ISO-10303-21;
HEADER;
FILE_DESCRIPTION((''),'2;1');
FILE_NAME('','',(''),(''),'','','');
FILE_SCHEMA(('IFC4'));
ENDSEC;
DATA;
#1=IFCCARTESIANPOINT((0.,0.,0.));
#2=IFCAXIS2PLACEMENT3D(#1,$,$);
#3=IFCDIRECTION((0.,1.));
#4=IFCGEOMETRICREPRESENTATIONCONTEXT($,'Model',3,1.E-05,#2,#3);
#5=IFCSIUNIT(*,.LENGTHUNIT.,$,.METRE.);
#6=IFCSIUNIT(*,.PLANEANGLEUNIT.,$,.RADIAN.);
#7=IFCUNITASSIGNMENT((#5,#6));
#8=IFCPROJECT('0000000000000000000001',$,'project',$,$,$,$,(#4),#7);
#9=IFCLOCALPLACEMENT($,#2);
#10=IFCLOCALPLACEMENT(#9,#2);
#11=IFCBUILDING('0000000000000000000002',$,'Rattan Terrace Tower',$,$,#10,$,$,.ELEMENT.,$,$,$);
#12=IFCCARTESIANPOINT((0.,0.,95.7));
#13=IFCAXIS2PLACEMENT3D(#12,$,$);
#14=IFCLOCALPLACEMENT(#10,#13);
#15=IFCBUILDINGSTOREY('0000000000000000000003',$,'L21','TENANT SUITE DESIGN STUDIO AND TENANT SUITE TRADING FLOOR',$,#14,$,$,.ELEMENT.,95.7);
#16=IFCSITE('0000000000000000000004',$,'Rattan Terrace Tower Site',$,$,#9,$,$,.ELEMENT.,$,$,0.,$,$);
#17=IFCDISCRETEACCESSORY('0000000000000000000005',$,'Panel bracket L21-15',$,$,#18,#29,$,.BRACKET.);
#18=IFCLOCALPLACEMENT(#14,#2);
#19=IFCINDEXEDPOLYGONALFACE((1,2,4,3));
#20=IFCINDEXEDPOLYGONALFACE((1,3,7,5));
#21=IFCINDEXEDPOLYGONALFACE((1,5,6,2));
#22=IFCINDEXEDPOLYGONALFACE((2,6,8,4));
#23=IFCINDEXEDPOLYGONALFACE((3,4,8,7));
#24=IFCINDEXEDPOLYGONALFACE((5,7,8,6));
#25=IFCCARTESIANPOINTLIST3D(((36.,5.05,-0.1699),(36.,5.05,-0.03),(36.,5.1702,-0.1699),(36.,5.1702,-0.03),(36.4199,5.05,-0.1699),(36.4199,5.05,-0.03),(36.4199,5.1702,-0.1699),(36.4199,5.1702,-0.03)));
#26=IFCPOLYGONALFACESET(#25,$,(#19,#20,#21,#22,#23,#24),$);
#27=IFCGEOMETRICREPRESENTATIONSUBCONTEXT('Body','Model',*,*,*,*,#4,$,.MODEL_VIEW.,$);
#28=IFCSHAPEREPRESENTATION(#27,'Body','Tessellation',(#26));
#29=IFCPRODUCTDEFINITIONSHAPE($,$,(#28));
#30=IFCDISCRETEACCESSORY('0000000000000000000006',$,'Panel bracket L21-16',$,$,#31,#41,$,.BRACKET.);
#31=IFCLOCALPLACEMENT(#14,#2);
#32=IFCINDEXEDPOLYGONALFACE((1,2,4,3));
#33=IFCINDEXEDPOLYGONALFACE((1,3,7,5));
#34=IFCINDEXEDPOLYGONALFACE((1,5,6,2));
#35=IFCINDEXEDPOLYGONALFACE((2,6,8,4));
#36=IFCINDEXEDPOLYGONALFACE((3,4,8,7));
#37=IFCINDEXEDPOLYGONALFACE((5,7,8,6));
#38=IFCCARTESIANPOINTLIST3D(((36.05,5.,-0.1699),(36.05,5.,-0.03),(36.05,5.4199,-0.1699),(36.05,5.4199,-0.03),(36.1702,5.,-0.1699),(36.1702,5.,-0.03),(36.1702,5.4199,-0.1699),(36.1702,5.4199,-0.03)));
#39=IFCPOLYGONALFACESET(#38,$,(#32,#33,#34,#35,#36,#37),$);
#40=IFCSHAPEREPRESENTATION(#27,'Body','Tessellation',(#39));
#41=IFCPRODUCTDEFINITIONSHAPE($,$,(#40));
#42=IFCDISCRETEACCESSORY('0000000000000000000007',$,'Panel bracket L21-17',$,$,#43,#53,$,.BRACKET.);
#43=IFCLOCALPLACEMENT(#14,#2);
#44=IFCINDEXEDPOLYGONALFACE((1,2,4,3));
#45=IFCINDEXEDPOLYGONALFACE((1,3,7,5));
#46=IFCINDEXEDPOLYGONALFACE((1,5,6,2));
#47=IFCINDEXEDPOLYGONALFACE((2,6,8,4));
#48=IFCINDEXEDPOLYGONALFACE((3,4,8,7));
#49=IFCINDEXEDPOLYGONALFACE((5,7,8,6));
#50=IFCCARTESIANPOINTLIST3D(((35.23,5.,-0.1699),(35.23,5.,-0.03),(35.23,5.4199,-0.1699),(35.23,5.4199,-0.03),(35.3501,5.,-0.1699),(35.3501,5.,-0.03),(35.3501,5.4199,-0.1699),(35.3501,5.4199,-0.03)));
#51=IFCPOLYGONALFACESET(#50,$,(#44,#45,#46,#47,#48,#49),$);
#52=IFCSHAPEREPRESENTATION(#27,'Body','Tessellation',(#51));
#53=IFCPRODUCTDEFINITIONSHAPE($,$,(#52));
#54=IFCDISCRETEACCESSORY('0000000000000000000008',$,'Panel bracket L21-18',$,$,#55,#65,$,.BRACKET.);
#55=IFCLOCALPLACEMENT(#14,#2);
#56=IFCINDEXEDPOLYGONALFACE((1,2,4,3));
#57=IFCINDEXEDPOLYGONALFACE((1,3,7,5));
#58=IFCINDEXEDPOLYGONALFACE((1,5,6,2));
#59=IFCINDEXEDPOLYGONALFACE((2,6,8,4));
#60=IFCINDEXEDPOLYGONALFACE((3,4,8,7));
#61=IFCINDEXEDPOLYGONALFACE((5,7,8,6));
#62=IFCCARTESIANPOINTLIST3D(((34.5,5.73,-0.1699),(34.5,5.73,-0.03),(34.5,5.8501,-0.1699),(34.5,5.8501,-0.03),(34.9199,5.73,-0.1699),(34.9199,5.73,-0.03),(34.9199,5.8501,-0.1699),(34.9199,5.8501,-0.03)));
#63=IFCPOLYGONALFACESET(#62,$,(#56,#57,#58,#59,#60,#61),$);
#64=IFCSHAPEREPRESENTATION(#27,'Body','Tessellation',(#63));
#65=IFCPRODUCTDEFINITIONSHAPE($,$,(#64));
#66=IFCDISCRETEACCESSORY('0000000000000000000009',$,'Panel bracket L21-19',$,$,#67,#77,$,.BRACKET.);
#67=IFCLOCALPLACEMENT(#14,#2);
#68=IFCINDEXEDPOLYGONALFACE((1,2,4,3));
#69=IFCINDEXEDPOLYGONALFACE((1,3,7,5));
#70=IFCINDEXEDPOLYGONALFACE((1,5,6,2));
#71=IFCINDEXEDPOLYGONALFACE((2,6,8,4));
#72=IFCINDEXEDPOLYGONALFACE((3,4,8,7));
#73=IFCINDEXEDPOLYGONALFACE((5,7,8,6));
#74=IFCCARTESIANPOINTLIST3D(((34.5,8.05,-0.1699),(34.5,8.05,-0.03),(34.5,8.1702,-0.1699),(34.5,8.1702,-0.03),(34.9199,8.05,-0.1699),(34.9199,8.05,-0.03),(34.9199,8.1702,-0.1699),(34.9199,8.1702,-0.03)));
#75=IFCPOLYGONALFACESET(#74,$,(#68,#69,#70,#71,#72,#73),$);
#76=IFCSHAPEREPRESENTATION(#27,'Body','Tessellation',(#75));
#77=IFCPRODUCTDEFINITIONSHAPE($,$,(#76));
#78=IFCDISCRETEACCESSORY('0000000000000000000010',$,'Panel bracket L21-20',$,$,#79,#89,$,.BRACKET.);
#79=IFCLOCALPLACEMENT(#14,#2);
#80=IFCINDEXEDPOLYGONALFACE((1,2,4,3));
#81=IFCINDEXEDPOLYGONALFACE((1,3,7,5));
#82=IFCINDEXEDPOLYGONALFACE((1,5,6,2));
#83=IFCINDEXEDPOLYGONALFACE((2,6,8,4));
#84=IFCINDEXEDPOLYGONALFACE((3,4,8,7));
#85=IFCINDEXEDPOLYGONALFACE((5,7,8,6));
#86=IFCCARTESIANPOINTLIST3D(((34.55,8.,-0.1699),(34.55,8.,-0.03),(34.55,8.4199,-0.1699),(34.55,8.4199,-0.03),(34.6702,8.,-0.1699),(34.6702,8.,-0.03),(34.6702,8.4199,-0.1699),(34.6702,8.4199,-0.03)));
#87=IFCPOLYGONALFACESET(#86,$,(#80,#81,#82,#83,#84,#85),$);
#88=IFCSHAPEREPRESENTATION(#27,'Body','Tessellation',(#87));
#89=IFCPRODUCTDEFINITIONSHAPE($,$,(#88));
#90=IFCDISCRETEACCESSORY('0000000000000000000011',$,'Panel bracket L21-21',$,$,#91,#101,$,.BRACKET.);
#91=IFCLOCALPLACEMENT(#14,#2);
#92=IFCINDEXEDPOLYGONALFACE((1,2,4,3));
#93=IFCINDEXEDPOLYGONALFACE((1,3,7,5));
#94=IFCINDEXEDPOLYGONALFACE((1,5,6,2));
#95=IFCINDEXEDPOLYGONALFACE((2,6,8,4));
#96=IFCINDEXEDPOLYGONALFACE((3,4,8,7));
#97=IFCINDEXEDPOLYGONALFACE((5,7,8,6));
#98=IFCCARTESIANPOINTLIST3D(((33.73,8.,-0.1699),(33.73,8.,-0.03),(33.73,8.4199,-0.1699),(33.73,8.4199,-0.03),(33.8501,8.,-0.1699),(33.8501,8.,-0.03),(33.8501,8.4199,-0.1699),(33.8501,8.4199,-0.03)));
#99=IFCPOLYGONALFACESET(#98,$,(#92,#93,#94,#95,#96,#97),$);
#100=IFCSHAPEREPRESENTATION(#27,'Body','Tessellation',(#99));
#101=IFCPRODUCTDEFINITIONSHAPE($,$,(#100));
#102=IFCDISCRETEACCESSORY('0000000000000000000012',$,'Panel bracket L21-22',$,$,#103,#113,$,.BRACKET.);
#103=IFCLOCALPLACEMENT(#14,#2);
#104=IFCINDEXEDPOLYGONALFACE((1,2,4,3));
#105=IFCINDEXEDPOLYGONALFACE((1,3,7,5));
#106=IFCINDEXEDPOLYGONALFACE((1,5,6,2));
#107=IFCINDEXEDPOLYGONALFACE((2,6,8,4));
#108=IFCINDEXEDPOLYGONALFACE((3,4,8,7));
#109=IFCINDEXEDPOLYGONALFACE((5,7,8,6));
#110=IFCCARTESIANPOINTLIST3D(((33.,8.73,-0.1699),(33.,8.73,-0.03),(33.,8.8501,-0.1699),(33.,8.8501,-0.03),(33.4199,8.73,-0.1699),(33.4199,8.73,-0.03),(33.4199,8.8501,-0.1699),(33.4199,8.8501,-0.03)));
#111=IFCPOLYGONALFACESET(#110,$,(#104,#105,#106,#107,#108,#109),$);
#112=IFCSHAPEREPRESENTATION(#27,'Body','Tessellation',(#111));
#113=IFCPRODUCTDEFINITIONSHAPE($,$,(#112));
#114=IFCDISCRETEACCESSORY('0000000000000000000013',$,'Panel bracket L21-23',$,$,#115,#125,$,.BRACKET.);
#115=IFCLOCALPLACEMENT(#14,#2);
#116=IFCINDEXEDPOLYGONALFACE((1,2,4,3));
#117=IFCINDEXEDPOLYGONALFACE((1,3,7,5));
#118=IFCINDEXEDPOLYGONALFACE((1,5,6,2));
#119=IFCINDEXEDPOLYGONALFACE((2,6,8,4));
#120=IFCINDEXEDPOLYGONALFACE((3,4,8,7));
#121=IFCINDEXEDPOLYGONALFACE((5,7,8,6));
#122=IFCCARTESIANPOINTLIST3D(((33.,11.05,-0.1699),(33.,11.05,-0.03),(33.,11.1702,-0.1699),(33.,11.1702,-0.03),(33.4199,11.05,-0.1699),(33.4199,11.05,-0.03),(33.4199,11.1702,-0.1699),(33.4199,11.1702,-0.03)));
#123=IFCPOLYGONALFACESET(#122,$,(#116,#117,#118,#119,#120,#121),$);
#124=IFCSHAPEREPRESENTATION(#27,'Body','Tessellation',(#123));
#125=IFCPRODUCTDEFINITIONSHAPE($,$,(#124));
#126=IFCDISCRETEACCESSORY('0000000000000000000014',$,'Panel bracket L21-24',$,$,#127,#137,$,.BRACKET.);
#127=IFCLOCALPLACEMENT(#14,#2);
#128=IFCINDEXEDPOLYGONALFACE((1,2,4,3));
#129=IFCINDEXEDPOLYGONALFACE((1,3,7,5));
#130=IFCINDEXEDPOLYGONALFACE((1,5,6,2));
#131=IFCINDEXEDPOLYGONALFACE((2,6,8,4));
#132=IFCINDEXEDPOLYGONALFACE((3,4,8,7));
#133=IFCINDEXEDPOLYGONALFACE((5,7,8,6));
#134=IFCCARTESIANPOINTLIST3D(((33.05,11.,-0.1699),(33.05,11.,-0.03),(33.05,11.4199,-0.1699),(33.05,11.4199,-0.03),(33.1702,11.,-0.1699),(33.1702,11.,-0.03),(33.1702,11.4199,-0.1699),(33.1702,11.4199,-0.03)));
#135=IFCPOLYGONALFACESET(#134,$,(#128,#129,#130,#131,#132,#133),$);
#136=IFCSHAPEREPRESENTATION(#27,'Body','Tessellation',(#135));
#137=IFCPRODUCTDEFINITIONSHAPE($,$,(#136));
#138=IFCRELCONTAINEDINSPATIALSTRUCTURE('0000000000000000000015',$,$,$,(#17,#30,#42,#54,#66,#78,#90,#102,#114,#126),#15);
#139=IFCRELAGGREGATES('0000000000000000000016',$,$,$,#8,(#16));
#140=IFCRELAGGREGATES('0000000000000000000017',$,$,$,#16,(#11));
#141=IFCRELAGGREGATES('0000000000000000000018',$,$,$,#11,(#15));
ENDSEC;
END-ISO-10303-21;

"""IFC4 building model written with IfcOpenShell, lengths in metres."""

from ifc_helpers import new_model, si_unit, direction, frame, origin, origin_2d, place, context, subcontext, project, spatial, rectangle, extrude, element, save


model = new_model("IFC4")

# Units and contexts
model_context = context("Model", 3, precision=1e-05, world=origin(), true_north=direction((0.0, 1.0)))
body_context = subcontext(model_context, "Body", "Model", "MODEL_VIEW")
ifc_project = project(units=[si_unit("LENGTHUNIT", "METRE"), si_unit("PLANEANGLEUNIT", "RADIAN")], contexts=[model_context])

# Site, building, storey
site_placement = place(None, origin())
site = spatial("IfcSite", under=ifc_project, at=site_placement, Name="Rattan Terrace Tower Site", CompositionType="ELEMENT", RefElevation=0.0)
building_placement = place(site_placement, origin())
building = spatial("IfcBuilding", under=site, at=building_placement, Name="Rattan Terrace Tower", CompositionType="ELEMENT")
storey_placement = place(building_placement, frame((0.0, 0.0, 95.7)))
storey = spatial("IfcBuildingStorey", under=building, at=storey_placement, Name="L21", Description="TENANT SUITE DESIGN STUDIO AND TENANT SUITE TRADING FLOOR", CompositionType="ELEMENT", Elevation=95.7)

# Discrete accessories
for number, where, z_axis, x_axis, name in (
    (1, (36.21, 5.1101, -0.1699), (0.0, 0.0, 1.0), (0.0, 1.0, 0.0), "Panel bracket L21-15"),
    (2, (36.1101, 5.21, -0.1699), (0.0, 0.0, 1.0), (-1.0, 0.0, 0.0), "Panel bracket L21-16"),
    (3, (35.29, 5.21, -0.1699), (0.0, 0.0, 1.0), (-1.0, 0.0, 0.0), "Panel bracket L21-17"),
    (4, (34.71, 5.79, -0.1699), (0.0, 0.0, 1.0), (0.0, 1.0, 0.0), "Panel bracket L21-18"),
    (5, (34.71, 8.1101, -0.1699), (0.0, 0.0, 1.0), (0.0, 1.0, 0.0), "Panel bracket L21-19"),
    (6, (34.6101, 8.21, -0.1699), (0.0, 0.0, 1.0), (-1.0, 0.0, 0.0), "Panel bracket L21-20"),
    (7, (33.79, 8.21, -0.1699), (0.0, 0.0, 1.0), (-1.0, 0.0, 0.0), "Panel bracket L21-21"),
    (8, (33.21, 8.79, -0.1699), (0.0, 0.0, 1.0), (0.0, 1.0, 0.0), "Panel bracket L21-22"),
    (9, (33.21, 11.1101, -0.1699), (0.0, 0.0, 1.0), (0.0, 1.0, 0.0), "Panel bracket L21-23"),
    (10, (33.1101, 11.21, -0.1699), (0.0, 0.0, 1.0), (-1.0, 0.0, 0.0), "Panel bracket L21-24"),
):
    element("IfcDiscreteAccessory", number, at=place(storey_placement, frame(where, z_axis=z_axis, x_axis=x_axis)), inside=storey, Name=name, PredefinedType="BRACKET", context=body_context, shape_type="SweptSolid", body=[
        extrude(rectangle(XDim=0.1201, YDim=0.4199, at=origin_2d()), origin(), (0.0, 0.0, 1.0), 0.1399),
    ])

save(model, "model.ifc")
